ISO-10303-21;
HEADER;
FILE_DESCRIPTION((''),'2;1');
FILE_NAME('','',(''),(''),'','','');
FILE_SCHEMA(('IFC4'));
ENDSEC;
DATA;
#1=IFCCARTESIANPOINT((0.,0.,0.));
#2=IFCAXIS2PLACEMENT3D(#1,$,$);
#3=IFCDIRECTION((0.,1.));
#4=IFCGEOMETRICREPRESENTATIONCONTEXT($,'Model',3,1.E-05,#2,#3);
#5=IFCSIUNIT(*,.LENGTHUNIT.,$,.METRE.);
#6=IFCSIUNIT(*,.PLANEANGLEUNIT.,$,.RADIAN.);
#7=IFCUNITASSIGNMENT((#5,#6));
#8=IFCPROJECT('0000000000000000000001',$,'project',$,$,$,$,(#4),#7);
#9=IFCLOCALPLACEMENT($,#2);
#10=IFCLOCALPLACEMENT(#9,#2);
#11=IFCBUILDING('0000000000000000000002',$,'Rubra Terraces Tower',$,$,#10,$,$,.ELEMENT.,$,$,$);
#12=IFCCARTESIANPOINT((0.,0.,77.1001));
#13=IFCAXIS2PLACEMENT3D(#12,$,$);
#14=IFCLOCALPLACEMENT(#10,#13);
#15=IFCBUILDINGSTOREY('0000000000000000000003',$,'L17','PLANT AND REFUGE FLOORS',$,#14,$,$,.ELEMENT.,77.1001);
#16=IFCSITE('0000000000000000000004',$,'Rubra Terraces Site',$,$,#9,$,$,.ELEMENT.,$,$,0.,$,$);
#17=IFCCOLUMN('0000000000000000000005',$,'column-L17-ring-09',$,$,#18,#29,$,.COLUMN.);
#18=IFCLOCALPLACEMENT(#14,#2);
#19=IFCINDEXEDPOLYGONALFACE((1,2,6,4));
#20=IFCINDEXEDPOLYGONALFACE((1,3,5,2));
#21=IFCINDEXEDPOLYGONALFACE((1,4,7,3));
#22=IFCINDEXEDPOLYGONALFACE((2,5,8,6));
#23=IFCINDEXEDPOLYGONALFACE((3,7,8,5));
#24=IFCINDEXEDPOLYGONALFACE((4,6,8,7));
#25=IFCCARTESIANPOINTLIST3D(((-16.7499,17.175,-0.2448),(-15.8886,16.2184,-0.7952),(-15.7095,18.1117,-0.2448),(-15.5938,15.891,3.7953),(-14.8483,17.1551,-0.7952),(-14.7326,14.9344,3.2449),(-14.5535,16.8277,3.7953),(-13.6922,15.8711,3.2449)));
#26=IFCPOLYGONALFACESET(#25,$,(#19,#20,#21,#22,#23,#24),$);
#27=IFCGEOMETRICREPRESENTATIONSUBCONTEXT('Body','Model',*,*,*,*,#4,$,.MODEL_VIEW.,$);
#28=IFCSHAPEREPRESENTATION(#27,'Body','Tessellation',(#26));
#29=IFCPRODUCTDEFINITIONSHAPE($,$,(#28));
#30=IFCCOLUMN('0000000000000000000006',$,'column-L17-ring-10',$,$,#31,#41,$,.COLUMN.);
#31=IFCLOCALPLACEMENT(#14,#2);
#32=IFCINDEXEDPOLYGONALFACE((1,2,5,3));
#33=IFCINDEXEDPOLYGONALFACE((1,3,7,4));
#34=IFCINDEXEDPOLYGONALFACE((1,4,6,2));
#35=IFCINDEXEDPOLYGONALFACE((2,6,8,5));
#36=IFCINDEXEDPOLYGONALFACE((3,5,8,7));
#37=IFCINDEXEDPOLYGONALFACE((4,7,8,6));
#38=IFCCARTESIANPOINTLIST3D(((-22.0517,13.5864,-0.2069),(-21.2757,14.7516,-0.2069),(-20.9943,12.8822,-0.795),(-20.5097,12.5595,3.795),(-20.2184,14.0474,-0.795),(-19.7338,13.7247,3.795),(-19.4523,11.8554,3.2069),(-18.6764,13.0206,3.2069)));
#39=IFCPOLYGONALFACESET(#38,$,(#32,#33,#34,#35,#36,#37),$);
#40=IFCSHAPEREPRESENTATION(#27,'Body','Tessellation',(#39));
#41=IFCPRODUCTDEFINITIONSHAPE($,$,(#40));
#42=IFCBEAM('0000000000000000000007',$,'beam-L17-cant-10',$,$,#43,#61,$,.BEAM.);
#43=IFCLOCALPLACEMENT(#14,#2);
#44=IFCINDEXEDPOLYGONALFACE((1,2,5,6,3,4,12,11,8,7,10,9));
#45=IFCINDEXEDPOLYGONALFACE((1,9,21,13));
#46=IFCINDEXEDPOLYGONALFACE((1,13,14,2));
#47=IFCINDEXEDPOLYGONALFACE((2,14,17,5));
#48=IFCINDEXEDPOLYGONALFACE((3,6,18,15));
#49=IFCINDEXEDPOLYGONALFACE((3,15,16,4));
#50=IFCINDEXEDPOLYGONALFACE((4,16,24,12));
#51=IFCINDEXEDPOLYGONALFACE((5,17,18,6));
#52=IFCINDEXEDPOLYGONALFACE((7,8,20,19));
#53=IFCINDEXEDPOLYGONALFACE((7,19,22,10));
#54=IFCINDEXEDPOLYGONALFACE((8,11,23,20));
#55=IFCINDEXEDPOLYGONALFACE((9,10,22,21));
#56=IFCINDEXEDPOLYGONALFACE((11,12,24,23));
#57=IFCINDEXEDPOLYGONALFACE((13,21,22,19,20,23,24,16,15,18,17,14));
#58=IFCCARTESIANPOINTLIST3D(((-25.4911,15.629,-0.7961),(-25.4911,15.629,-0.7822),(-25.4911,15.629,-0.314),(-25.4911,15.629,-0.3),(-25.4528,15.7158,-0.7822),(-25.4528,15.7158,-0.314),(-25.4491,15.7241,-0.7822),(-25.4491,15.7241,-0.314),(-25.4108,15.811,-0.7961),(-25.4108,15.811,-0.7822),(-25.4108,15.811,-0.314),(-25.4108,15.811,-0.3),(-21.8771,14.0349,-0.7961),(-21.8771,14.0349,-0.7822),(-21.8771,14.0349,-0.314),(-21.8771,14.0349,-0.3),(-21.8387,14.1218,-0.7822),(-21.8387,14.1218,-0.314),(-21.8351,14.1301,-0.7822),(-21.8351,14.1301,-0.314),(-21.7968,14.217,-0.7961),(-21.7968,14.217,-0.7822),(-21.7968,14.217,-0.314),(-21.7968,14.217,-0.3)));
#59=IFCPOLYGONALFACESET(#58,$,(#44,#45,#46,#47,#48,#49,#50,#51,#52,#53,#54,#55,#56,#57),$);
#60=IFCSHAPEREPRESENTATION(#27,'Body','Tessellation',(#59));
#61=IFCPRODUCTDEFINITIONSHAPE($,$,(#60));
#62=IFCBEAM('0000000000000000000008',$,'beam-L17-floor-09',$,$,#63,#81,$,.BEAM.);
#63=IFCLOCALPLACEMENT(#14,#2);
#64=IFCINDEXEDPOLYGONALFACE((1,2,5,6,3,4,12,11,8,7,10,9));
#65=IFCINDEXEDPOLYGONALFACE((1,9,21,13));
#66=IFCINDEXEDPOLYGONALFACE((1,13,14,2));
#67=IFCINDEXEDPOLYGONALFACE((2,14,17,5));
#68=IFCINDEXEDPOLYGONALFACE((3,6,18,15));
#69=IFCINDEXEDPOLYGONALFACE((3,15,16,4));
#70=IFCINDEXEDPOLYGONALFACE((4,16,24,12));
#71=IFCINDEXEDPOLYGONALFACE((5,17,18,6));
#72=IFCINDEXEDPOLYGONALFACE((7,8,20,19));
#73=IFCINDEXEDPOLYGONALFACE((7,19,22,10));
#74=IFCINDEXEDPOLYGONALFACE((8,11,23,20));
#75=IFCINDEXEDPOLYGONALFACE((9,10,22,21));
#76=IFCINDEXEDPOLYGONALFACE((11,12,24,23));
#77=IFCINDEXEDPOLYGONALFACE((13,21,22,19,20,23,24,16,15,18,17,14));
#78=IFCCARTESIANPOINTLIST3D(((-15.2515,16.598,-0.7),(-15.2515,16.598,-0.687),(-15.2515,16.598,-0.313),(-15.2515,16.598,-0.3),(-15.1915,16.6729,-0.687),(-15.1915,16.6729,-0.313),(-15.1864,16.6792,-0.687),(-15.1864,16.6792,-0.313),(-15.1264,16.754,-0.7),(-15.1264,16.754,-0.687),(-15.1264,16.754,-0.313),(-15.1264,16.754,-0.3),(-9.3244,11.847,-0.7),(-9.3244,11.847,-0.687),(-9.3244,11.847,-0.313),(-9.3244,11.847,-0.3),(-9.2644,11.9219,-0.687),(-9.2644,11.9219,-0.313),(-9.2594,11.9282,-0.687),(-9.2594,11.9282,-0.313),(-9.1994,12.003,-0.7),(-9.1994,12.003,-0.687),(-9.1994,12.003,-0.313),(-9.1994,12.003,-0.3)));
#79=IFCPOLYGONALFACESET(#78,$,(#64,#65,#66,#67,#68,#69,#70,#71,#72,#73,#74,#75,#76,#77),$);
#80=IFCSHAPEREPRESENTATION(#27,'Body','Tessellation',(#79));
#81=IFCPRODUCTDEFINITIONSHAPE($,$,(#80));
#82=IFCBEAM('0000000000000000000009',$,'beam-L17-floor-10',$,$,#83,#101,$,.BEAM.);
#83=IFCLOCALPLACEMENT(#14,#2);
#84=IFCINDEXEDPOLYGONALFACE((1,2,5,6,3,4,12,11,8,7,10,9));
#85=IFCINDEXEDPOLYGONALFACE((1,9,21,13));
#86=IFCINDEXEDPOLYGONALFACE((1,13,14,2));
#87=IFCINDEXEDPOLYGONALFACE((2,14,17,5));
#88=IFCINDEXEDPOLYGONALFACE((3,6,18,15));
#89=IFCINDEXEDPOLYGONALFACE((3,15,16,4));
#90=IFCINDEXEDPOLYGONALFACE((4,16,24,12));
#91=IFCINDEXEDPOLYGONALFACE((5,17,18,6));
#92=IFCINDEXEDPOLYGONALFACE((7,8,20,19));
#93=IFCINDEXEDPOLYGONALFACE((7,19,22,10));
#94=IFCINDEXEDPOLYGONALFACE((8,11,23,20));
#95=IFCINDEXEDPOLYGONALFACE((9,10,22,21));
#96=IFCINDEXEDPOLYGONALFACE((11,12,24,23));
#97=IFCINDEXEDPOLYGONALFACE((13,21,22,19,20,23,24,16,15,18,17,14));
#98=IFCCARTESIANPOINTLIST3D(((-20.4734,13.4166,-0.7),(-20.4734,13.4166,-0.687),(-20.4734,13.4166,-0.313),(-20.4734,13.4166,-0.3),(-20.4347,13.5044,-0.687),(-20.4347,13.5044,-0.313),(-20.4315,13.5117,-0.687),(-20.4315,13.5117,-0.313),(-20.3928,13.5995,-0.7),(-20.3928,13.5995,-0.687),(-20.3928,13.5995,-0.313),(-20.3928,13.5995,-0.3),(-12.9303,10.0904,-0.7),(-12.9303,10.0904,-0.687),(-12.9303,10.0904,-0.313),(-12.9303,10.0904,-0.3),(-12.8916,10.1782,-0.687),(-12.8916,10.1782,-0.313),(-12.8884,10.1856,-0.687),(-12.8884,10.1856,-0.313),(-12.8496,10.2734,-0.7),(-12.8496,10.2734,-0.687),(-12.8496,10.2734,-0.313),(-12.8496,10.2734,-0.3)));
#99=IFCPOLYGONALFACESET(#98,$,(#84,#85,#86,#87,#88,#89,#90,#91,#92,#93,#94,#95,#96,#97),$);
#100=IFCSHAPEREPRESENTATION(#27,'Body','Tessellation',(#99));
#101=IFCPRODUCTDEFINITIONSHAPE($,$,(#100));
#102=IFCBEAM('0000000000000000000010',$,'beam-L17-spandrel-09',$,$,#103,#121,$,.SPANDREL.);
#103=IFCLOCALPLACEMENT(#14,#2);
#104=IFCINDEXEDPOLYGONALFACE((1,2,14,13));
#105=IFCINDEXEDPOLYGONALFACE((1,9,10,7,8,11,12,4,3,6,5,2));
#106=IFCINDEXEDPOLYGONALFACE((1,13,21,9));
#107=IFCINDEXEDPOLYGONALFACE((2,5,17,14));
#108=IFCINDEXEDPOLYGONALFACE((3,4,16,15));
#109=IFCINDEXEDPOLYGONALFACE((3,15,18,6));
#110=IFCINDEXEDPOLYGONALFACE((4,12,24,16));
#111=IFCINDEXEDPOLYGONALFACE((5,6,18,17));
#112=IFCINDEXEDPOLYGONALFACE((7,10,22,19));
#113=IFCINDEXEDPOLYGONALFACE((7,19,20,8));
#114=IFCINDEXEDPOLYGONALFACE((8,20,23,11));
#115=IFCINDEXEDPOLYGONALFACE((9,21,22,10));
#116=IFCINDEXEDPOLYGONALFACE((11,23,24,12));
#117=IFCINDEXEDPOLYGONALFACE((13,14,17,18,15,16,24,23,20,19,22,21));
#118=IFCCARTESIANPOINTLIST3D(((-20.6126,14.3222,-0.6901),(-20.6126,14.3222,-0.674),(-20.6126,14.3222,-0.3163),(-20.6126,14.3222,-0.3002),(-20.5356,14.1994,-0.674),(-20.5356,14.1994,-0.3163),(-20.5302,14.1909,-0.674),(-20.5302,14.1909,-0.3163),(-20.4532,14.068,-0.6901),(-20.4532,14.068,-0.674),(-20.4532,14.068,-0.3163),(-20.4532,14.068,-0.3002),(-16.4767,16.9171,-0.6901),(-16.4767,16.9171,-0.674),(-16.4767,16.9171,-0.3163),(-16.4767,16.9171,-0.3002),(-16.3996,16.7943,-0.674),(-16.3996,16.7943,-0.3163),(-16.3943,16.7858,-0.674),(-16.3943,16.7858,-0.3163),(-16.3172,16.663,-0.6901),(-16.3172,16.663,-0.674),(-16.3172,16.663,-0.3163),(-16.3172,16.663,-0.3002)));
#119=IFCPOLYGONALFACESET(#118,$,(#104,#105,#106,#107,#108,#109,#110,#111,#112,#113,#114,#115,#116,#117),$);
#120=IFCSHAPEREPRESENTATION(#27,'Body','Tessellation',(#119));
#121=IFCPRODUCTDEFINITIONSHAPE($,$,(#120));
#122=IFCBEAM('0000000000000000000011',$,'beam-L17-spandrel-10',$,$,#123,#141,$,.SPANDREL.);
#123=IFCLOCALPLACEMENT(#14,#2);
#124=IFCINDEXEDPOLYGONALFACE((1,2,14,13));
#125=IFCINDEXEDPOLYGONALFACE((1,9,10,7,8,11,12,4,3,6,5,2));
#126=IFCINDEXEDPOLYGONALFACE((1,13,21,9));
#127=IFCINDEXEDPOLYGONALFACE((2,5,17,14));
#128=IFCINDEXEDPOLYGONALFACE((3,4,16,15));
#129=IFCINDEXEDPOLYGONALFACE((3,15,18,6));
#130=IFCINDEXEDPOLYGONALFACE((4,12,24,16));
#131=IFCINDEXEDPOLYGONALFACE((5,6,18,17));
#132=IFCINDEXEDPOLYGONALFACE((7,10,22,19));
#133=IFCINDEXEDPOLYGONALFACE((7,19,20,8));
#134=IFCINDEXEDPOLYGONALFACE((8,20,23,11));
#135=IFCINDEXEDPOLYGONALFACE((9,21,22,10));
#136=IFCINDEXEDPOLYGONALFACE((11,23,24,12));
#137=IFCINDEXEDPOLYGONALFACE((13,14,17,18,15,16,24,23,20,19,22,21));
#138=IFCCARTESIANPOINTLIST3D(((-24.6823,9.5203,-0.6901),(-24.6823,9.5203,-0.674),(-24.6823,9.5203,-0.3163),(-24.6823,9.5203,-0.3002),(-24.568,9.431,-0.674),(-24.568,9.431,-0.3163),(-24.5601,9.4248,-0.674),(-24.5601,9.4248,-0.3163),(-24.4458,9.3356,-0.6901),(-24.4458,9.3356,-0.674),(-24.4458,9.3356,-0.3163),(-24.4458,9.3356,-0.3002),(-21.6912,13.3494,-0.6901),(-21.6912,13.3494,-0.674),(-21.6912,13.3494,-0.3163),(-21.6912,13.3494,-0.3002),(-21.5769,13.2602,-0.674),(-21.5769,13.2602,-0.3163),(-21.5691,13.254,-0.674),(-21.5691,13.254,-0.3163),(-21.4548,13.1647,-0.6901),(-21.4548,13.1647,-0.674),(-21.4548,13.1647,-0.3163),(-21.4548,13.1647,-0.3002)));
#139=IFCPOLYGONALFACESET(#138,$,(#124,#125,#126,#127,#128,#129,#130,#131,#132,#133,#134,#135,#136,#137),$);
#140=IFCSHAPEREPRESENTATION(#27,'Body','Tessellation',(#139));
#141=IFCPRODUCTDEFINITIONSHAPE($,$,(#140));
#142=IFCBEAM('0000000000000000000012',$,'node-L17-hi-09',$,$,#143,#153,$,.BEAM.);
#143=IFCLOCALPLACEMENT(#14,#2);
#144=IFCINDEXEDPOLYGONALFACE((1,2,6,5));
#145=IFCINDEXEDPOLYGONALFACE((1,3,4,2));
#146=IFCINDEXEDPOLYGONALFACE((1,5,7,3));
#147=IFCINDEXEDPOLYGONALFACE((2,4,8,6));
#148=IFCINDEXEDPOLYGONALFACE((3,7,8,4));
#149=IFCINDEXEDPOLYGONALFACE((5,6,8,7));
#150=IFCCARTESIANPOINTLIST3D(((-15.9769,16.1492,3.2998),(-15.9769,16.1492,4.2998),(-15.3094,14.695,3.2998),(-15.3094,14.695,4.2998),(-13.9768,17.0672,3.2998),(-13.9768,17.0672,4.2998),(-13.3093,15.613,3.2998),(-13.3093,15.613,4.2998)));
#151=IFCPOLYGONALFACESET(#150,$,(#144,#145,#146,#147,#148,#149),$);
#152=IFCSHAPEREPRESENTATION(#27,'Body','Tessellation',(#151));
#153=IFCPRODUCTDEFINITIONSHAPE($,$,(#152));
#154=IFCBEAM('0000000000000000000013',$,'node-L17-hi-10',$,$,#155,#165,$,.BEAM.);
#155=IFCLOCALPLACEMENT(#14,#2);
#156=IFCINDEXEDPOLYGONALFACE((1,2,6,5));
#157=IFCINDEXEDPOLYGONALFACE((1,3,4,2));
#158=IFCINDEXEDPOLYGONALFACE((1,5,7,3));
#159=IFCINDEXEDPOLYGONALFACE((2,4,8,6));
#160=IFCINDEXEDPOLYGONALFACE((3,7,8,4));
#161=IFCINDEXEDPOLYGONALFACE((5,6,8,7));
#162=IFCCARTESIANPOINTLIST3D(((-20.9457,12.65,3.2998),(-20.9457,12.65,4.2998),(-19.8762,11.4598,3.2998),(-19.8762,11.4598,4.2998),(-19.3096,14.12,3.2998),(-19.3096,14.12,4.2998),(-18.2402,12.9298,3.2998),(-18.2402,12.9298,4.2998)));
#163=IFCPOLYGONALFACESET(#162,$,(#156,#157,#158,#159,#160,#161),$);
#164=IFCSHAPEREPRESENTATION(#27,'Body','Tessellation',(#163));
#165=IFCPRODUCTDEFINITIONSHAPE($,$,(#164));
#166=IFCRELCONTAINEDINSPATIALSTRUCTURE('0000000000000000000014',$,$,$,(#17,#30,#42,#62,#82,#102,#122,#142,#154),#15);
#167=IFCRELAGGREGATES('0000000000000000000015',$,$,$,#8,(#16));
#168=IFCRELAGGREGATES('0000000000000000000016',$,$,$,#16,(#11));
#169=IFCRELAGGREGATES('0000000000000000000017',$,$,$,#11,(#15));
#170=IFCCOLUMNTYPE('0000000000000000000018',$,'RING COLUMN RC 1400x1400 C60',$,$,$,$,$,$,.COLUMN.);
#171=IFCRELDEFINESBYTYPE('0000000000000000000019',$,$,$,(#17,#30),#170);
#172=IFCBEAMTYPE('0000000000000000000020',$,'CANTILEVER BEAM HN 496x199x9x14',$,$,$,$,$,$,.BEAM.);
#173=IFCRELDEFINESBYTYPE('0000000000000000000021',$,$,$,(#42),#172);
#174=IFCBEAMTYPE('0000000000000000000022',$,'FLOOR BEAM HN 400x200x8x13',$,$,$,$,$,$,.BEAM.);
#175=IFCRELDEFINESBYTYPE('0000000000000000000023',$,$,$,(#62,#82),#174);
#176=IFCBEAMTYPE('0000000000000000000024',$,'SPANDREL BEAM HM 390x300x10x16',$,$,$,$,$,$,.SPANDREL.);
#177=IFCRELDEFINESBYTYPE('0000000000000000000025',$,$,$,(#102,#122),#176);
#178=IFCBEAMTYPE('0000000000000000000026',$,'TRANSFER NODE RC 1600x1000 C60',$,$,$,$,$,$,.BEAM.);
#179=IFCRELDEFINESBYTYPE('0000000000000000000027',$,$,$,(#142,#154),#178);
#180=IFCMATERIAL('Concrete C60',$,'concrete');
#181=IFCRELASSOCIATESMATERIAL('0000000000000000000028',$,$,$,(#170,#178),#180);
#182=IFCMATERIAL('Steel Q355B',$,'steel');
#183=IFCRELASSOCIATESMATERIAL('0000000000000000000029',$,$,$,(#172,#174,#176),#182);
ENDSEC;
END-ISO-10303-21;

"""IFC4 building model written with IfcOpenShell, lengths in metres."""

from ifc_helpers import new_model, si_unit, direction, frame, origin, origin_2d, place, context, subcontext, project, spatial, rectangle, i_section, extrude, material, material_profile, profile_set, type_object, element, save


model = new_model("IFC4")

# Units and contexts
model_context = context("Model", 3, precision=1e-05, world=origin(), true_north=direction((0.0, 1.0)))
body_context = subcontext(model_context, "Body", "Model", "MODEL_VIEW")
ifc_project = project(units=[si_unit("LENGTHUNIT", "METRE"), si_unit("PLANEANGLEUNIT", "RADIAN")], contexts=[model_context])

# Site, building, storey
site_placement = place(None, origin())
site = spatial("IfcSite", under=ifc_project, at=site_placement, Name="Rubra Terraces Site", CompositionType="ELEMENT", RefElevation=0.0)
building_placement = place(site_placement, origin())
building = spatial("IfcBuilding", under=site, at=building_placement, Name="Rubra Terraces Tower", CompositionType="ELEMENT")
storey_placement = place(building_placement, frame((0.0, 0.0, 77.1001)))
storey = spatial("IfcBuildingStorey", under=building, at=storey_placement, Name="L17", Description="PLANT AND REFUGE FLOORS", CompositionType="ELEMENT", Elevation=77.1001)

# Columns
ifc_material_1 = material(Name="Concrete C60", Category="concrete")
ifc_material_profile_1 = material_profile(ifc_material_1, rectangle(XDim=1.3999, YDim=1.3999, at=origin_2d()), Name="RC 1400x1400")
ifc_profile_set_1 = profile_set([ifc_material_profile_1], Name="Concrete C60")
column_type = type_object("IfcColumnType", Name="RING COLUMN RC 1400x1400 C60", PredefinedType="COLUMN", material=ifc_profile_set_1)
column_1_placement = place(storey_placement, frame((-15.7991, 17.165, -0.52), z_axis=(0.263091, -0.292206, 0.919456), x_axis=(0.743161, 0.669113, 0.0)))
element("IfcColumn", 1, at=column_1_placement, inside=storey, type_object=column_type, Name="column-L17-ring-09", PredefinedType="COLUMN", context=body_context, shape_type="SweptSolid", body=[
    extrude(rectangle(XDim=1.3999, YDim=1.3999, at=origin_2d()), origin(), (0.0, 0.0, 1.0), 4.394),
])
column_2_placement = place(storey_placement, frame((-21.135, 13.8169, -0.501), z_axis=(0.349661, -0.232849, 0.907479), x_axis=(0.554274, 0.832334, 0.0)))
element("IfcColumn", 2, at=column_2_placement, inside=storey, type_object=column_type, Name="column-L17-ring-10", PredefinedType="COLUMN", context=body_context, shape_type="SweptSolid", body=[
    extrude(rectangle(XDim=1.3999, YDim=1.3999, at=origin_2d()), origin(), (0.0, 0.0, 1.0), 4.4099),
])

# Beams
ifc_material_2 = material(Name="Steel Q355B", Category="steel")
ifc_material_profile_2 = material_profile(ifc_material_2, i_section(OverallWidth=0.199, OverallDepth=0.4961, WebThickness=0.009, FlangeThickness=0.0139, at=origin_2d()), Name="HN 496x199x9x14")
ifc_profile_set_2 = profile_set([ifc_material_profile_2], Name="Steel Q355B")
beam_type_1 = type_object("IfcBeamType", Name="CANTILEVER BEAM HN 496x199x9x14", PredefinedType="BEAM", material=ifc_profile_set_2)
beam_1_placement = place(storey_placement, frame((-21.8369, 14.126, -0.5481), z_axis=(-0.914957, 0.40355, 0.0), x_axis=(-0.40355, -0.914957, 0.0)))
element("IfcBeam", 3, at=beam_1_placement, inside=storey, type_object=beam_type_1, Name="beam-L17-cant-10", PredefinedType="BEAM", context=body_context, shape_type="SweptSolid", body=[
    extrude(i_section(OverallWidth=0.199, OverallDepth=0.4961, WebThickness=0.009, FlangeThickness=0.0139, at=origin_2d()), origin(), (0.0, 0.0, 1.0), 3.95),
])
ifc_material_profile_3 = material_profile(ifc_material_2, i_section(OverallWidth=0.2, OverallDepth=0.3999, WebThickness=0.0081, FlangeThickness=0.0129, at=origin_2d()), Name="HN 400x200x8x13")
ifc_profile_set_3 = profile_set([ifc_material_profile_3], Name="Steel Q355B")
beam_type_2 = type_object("IfcBeamType", Name="FLOOR BEAM HN 400x200x8x13", PredefinedType="BEAM", material=ifc_profile_set_3)
beam_2_placement = place(storey_placement, frame((-15.189, 16.676, -0.5), z_axis=(0.780266, -0.625447, 0.0), x_axis=(0.625447, 0.780266, 0.0)))
element("IfcBeam", 4, at=beam_2_placement, inside=storey, type_object=beam_type_2, Name="beam-L17-floor-09", PredefinedType="BEAM", context=body_context, shape_type="SweptSolid", body=[
    extrude(i_section(OverallWidth=0.2, OverallDepth=0.3999, WebThickness=0.0081, FlangeThickness=0.0129, at=origin_2d()), origin(), (0.0, 0.0, 1.0), 7.5962),
])
beam_3_placement = place(storey_placement, frame((-20.4331, 13.5081, -0.5), z_axis=(0.914995, -0.403466, 0.0), x_axis=(0.403466, 0.914995, 0.0)))
element("IfcBeam", 5, at=beam_3_placement, inside=storey, type_object=beam_type_2, Name="beam-L17-floor-10", PredefinedType="BEAM", context=body_context, shape_type="SweptSolid", body=[
    extrude(i_section(OverallWidth=0.2, OverallDepth=0.3999, WebThickness=0.0081, FlangeThickness=0.0129, at=origin_2d()), origin(), (0.0, 0.0, 1.0), 8.2439),
])
ifc_material_profile_4 = material_profile(ifc_material_2, i_section(OverallWidth=0.3, OverallDepth=0.3899, WebThickness=0.01, FlangeThickness=0.0161, at=origin_2d()), Name="HM 390x300x10x16")
ifc_profile_set_4 = profile_set([ifc_material_profile_4], Name="Steel Q355B")
beam_type_3 = type_object("IfcBeamType", Name="SPANDREL BEAM HM 390x300x10x16", PredefinedType="SPANDREL", material=ifc_profile_set_4)
beam_4_placement = place(storey_placement, frame((-16.397, 16.79, -0.4951), z_axis=(-0.847078, -0.531468, 0.0), x_axis=(0.531468, -0.847078, 0.0)))
element("IfcBeam", 6, at=beam_4_placement, inside=storey, type_object=beam_type_3, Name="beam-L17-spandrel-09", PredefinedType="SPANDREL", context=body_context, shape_type="SweptSolid", body=[
    extrude(i_section(OverallWidth=0.3, OverallDepth=0.3899, WebThickness=0.01, FlangeThickness=0.0161, at=origin_2d()), origin(), (0.0, 0.0, 1.0), 4.8826),
])
beam_5_placement = place(storey_placement, frame((-21.573, 13.2571, -0.4951), z_axis=(-0.615578, -0.788076, 0.0), x_axis=(0.788076, -0.615578, 0.0)))
element("IfcBeam", 7, at=beam_5_placement, inside=storey, type_object=beam_type_3, Name="beam-L17-spandrel-10", PredefinedType="SPANDREL", context=body_context, shape_type="SweptSolid", body=[
    extrude(i_section(OverallWidth=0.3, OverallDepth=0.3899, WebThickness=0.01, FlangeThickness=0.0161, at=origin_2d()), origin(), (0.0, 0.0, 1.0), 4.8589),
])
ifc_material_profile_5 = material_profile(ifc_material_1, rectangle(XDim=1.6001, YDim=1.0, at=origin_2d()), Name="RC 1600x1000")
ifc_profile_set_5 = profile_set([ifc_material_profile_5], Name="Concrete C60")
beam_type_4 = type_object("IfcBeamType", Name="TRANSFER NODE RC 1600x1000 C60", PredefinedType="BEAM", material=ifc_profile_set_5)
beam_6_placement = place(storey_placement, frame((-13.6431, 16.3401, 3.7998), z_axis=(-0.908841, -0.417144, 0.0), x_axis=(0.417144, -0.908841, 0.0)))
element("IfcBeam", 8, at=beam_6_placement, inside=storey, type_object=beam_type_4, Name="node-L17-hi-09", PredefinedType="BEAM", context=body_context, shape_type="SweptSolid", body=[
    extrude(rectangle(XDim=1.6001, YDim=1.0, at=origin_2d()), origin(), (0.0, 0.0, 1.0), 2.2007),
])
beam_7_placement = place(storey_placement, frame((-18.7749, 13.5249, 3.7998), z_axis=(-0.74384, -0.668357, 0.0), x_axis=(0.668357, -0.74384, 0.0)))
element("IfcBeam", 9, at=beam_7_placement, inside=storey, type_object=beam_type_4, Name="node-L17-hi-10", PredefinedType="BEAM", context=body_context, shape_type="SweptSolid", body=[
    extrude(rectangle(XDim=1.6001, YDim=1.0, at=origin_2d()), origin(), (0.0, 0.0, 1.0), 2.1995),
])

save(model, "model.ifc")
